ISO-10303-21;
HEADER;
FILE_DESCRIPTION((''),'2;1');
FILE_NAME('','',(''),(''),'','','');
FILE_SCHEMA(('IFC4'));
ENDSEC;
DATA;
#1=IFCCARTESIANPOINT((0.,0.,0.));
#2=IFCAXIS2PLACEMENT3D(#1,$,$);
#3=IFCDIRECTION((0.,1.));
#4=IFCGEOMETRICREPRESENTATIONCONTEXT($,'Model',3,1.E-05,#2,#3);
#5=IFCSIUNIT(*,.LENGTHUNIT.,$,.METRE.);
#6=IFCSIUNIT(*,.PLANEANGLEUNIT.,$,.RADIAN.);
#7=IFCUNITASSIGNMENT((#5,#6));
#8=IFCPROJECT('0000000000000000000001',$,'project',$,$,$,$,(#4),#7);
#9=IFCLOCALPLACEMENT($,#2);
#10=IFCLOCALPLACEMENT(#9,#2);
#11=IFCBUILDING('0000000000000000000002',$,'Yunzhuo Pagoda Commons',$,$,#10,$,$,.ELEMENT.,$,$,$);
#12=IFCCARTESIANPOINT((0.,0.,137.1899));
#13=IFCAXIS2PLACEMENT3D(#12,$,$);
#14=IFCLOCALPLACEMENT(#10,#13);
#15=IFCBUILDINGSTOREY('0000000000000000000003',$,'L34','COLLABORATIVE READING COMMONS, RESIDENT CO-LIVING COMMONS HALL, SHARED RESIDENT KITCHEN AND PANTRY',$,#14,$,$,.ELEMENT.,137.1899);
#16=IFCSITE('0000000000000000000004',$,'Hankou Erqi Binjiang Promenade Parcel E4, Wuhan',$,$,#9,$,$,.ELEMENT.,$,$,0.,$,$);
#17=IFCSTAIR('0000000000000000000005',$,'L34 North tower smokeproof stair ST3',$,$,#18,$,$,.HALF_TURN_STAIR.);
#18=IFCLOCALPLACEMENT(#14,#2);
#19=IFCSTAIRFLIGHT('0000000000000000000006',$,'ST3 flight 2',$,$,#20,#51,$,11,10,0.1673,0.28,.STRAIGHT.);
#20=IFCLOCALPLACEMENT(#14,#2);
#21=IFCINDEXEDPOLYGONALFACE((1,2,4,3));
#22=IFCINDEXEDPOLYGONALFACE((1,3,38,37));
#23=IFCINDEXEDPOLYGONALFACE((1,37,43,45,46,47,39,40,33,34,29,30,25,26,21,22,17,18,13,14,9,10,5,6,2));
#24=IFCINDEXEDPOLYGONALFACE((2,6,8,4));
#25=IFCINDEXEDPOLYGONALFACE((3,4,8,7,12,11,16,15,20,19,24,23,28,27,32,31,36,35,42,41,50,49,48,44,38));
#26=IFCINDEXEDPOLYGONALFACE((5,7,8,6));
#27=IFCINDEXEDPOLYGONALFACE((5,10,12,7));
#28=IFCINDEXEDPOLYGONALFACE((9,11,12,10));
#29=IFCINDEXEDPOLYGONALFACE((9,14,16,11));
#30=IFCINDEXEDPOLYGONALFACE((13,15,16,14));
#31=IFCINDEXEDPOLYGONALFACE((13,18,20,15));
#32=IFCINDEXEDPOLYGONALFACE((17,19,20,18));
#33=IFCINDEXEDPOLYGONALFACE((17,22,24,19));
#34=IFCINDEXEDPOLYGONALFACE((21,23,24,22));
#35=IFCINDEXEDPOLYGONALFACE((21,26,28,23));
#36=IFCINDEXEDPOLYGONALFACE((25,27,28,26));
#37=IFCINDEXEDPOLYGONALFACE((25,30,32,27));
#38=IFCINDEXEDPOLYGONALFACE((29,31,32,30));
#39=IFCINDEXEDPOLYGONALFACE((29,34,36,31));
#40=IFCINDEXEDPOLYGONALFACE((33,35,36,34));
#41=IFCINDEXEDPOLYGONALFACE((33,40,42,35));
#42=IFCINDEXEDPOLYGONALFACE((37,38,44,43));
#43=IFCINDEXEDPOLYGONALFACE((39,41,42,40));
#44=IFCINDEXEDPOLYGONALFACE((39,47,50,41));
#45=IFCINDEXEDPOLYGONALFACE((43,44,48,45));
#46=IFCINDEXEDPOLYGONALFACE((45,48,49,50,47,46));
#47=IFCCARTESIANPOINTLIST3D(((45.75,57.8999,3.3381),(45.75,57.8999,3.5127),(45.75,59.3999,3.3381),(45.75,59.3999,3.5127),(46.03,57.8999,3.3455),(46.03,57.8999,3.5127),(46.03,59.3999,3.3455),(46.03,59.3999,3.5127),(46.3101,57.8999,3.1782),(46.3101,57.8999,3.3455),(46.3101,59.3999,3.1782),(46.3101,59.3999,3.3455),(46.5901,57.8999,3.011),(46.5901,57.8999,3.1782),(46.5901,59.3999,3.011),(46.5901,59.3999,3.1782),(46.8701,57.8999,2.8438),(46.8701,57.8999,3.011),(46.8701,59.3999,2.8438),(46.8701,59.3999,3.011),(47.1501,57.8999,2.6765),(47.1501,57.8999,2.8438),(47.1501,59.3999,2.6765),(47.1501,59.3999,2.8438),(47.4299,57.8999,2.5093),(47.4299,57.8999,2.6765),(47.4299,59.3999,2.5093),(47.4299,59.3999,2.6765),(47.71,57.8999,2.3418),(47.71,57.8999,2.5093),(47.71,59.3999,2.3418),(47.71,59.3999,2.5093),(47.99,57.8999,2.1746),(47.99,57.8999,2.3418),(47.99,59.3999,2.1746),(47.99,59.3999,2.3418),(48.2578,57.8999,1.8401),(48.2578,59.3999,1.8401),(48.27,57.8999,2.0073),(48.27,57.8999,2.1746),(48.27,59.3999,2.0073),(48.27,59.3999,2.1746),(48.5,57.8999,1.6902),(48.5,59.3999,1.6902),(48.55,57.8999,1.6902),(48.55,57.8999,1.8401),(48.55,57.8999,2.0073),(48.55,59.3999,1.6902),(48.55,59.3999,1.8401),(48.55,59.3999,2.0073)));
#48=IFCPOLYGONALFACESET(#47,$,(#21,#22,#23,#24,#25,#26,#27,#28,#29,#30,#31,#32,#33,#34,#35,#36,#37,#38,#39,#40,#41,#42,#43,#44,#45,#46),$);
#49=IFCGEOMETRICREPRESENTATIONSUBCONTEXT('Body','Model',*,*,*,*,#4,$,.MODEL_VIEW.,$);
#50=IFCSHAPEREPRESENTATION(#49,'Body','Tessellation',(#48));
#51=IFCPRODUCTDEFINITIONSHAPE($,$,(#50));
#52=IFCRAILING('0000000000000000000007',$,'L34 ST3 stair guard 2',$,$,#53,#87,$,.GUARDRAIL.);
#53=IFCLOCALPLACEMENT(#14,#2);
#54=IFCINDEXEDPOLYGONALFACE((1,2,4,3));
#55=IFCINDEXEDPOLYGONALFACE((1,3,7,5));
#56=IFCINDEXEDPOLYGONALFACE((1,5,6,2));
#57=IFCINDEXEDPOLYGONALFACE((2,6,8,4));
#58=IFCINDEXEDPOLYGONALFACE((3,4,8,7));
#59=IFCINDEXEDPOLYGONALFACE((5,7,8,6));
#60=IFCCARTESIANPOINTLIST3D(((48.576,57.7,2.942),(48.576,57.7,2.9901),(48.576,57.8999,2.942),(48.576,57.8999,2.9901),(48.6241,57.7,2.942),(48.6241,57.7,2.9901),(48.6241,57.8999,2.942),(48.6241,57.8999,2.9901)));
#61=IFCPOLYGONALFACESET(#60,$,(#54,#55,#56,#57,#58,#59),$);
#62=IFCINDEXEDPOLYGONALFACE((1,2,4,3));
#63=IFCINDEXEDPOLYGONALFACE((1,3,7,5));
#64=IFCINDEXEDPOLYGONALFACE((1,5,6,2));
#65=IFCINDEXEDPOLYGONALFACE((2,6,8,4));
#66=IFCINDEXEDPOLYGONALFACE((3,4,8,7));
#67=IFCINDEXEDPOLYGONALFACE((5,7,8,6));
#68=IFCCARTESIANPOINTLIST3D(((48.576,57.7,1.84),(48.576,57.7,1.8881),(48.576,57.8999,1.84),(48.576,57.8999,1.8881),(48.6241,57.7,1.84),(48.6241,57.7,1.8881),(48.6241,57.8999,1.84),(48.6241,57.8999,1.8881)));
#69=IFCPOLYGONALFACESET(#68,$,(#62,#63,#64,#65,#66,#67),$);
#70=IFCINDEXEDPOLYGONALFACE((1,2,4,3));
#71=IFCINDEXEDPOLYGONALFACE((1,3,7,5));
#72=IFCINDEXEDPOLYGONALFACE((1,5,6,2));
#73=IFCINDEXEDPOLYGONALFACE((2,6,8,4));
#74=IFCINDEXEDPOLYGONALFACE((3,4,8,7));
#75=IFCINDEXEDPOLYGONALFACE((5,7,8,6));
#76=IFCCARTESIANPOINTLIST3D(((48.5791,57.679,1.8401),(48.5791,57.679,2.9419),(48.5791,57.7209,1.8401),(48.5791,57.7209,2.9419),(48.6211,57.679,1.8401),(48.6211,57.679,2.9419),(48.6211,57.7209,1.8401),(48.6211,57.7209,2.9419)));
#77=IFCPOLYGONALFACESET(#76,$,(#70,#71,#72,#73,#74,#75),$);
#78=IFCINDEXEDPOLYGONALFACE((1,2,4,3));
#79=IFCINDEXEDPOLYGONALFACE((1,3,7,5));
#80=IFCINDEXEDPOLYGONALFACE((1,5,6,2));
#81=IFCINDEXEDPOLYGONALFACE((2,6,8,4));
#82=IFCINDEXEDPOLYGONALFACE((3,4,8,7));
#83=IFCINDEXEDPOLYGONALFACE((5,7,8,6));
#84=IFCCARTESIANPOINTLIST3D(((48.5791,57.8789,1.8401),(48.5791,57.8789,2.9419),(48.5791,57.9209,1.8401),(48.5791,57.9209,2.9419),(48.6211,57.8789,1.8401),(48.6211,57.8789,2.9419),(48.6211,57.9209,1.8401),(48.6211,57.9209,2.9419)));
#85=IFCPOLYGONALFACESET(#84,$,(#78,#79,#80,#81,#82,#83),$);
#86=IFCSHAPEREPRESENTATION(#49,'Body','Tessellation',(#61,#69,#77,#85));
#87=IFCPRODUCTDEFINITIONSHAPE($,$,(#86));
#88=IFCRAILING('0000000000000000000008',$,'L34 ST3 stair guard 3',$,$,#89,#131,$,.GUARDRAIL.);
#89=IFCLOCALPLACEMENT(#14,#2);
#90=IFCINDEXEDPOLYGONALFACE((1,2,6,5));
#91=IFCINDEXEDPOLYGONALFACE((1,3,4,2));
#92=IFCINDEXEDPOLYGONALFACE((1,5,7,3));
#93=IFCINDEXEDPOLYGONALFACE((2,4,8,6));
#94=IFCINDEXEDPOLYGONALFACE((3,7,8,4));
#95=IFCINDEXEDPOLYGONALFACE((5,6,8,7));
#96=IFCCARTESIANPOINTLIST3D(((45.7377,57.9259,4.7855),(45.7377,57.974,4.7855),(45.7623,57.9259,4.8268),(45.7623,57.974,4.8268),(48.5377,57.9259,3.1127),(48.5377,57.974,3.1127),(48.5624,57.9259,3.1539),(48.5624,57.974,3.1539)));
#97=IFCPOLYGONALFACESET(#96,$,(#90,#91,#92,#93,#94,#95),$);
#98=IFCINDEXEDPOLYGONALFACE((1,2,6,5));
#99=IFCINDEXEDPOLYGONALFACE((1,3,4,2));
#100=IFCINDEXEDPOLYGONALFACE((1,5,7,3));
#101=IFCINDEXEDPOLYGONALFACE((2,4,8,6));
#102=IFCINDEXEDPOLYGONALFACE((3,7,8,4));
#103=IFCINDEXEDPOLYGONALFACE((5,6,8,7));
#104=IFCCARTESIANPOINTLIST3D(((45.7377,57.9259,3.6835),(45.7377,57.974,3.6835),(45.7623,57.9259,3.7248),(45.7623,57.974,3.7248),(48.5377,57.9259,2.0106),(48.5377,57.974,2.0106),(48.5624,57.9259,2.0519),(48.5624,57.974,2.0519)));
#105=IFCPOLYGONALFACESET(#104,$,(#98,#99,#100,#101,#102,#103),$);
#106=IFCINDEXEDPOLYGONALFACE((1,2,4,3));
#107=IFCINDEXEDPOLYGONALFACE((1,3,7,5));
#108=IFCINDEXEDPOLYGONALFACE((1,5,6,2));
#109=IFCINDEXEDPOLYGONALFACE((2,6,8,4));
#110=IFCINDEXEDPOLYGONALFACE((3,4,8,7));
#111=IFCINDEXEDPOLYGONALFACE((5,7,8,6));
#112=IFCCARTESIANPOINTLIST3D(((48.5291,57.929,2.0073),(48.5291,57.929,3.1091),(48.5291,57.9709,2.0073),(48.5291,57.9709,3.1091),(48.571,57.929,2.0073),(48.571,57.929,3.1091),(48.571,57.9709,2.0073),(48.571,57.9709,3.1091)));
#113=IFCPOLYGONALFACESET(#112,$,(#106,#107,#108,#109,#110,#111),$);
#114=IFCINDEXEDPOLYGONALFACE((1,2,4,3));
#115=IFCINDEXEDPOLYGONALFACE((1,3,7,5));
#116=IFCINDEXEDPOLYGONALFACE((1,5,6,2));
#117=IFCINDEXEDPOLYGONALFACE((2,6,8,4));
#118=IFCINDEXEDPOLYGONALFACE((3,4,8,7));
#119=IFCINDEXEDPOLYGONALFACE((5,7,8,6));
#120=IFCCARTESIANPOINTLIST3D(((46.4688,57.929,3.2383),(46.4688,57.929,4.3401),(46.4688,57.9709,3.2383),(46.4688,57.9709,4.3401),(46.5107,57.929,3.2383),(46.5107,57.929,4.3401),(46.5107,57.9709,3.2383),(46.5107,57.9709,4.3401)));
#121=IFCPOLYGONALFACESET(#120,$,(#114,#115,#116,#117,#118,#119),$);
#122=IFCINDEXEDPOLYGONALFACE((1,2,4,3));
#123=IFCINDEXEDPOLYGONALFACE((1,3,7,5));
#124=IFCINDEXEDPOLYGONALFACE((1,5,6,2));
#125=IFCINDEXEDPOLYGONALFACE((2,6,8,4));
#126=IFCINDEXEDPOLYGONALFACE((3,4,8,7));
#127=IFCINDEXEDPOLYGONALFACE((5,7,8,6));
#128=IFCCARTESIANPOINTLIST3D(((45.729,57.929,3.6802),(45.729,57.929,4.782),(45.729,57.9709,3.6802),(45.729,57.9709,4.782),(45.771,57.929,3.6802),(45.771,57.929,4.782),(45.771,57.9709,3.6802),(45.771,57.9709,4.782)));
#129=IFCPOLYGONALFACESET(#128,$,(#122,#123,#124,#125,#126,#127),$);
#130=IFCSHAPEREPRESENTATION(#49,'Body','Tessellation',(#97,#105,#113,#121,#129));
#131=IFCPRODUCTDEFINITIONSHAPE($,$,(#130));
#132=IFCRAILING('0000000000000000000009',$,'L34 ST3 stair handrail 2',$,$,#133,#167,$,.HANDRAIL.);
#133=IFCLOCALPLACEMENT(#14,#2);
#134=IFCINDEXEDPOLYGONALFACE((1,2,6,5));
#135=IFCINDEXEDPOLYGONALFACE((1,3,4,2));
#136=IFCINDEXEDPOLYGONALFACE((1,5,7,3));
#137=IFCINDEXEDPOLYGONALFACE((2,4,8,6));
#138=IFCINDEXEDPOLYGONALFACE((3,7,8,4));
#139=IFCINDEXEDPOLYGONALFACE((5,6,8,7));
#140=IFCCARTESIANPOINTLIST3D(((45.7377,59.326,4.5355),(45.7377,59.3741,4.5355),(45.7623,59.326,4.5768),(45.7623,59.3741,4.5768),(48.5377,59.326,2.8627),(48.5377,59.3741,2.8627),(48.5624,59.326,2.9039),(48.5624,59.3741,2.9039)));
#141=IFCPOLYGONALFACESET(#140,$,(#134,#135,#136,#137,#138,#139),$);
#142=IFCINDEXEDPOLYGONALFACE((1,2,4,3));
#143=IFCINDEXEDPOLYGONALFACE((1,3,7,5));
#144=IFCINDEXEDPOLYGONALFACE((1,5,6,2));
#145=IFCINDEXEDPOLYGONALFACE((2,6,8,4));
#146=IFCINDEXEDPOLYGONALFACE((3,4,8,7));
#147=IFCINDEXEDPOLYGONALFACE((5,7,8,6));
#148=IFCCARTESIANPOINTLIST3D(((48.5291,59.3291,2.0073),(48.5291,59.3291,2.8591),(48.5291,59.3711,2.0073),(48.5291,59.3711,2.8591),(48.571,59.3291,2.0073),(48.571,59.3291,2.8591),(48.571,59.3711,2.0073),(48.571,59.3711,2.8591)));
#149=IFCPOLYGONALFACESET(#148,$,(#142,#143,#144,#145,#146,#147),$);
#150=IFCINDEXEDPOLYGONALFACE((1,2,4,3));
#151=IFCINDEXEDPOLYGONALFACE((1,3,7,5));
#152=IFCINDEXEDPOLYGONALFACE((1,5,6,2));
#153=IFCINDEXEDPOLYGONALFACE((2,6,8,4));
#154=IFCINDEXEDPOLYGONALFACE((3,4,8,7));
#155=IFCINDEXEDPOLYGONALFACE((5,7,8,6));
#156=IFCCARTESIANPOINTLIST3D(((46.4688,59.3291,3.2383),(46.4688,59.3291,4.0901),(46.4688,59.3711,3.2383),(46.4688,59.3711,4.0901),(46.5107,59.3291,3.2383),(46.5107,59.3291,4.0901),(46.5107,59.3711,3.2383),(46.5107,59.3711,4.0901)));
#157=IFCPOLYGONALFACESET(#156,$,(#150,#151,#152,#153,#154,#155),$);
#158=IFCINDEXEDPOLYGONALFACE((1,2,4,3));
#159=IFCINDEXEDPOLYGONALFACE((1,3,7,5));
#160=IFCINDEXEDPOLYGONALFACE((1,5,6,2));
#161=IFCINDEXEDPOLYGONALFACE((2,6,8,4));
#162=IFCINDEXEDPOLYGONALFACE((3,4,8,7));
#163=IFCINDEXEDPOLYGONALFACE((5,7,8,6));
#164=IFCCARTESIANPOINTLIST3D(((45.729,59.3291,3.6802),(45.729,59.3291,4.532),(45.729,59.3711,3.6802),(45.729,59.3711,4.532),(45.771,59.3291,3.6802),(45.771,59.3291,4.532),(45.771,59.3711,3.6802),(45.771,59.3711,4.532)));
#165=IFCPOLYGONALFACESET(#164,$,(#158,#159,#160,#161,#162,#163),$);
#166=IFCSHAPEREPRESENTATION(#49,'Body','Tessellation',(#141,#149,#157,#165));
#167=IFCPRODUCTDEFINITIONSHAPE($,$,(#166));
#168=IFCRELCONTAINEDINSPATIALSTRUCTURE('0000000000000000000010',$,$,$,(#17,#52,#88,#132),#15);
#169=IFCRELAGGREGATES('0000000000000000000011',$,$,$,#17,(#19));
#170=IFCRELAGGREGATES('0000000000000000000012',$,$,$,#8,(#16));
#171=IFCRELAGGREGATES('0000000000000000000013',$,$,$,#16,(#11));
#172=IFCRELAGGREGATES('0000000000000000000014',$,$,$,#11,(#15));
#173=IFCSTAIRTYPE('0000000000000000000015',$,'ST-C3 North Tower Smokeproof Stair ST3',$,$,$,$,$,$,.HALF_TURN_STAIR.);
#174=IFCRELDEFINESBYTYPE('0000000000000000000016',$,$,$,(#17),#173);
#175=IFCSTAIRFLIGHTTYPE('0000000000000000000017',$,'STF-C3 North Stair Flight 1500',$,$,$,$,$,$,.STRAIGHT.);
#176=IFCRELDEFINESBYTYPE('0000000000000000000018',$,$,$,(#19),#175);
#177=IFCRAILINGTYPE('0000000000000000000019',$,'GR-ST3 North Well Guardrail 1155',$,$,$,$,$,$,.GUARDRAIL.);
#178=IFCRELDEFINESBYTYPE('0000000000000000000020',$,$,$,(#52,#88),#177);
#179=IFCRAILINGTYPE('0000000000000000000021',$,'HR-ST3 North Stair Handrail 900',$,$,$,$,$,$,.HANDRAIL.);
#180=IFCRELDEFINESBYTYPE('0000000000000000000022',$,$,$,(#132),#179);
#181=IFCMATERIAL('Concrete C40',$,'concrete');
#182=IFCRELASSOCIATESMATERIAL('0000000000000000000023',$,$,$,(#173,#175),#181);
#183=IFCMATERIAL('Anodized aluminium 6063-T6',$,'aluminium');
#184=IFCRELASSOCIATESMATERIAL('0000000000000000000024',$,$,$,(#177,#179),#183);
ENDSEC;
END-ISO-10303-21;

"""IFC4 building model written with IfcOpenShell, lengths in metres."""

from ifc_helpers import new_model, si_unit, direction, frame, origin, origin_2d, place, context, subcontext, project, spatial, polyline, rectangle, outline, extrude, source, transform, mapped, material, type_object, element, aggregate, save


model = new_model("IFC4")

# Units and contexts
model_context = context("Model", 3, precision=1e-05, world=origin(), true_north=direction((0.0, 1.0)))
body_context = subcontext(model_context, "Body", "Model", "MODEL_VIEW")
ifc_project = project(units=[si_unit("LENGTHUNIT", "METRE"), si_unit("PLANEANGLEUNIT", "RADIAN")], contexts=[model_context])

# Site, building, storey
site_placement = place(None, origin())
site = spatial("IfcSite", under=ifc_project, at=site_placement, Name="Hankou Erqi Binjiang Promenade Parcel E4, Wuhan", CompositionType="ELEMENT", RefElevation=0.0)
building_placement = place(site_placement, origin())
building = spatial("IfcBuilding", under=site, at=building_placement, Name="Yunzhuo Pagoda Commons", CompositionType="ELEMENT")
storey_placement = place(building_placement, frame((0.0, 0.0, 137.1899)))
storey = spatial("IfcBuildingStorey", under=building, at=storey_placement, Name="L34", Description="COLLABORATIVE READING COMMONS, RESIDENT CO-LIVING COMMONS HALL, SHARED RESIDENT KITCHEN AND PANTRY", CompositionType="ELEMENT", Elevation=137.1899)

# Shared definitions
ifc_material_1 = material(Name="Anodized aluminium 6063-T6", Category="aluminium")

# Stair, stair flight
ifc_material_2 = material(Name="Concrete C40", Category="concrete")
stair_type = type_object("IfcStairType", Name="ST-C3 North Tower Smokeproof Stair ST3", PredefinedType="HALF_TURN_STAIR", material=ifc_material_2)
stair_placement = place(storey_placement, origin())
stair = element("IfcStair", 1, at=stair_placement, inside=storey, type_object=stair_type, Name="L34 North tower smokeproof stair ST3", PredefinedType="HALF_TURN_STAIR")
stair_flight_type = type_object("IfcStairFlightType", Name="STF-C3 North Stair Flight 1500", PredefinedType="STRAIGHT", material=ifc_material_2)
shared_shape_1 = source(origin(), body_context, "Body", "SweptSolid", [
    extrude(outline(polyline([(0.0, -0.1499), (0.0, 0.0), (0.0, 0.1672), (0.28, 0.1672), (0.28, 0.3345), (0.5601, 0.3345), (0.5601, 0.5017), (0.8401, 0.5017), (0.8401, 0.6692), (1.1201, 0.6692), (1.1201, 0.8364), (1.3999, 0.8364), (1.3999, 1.0037), (1.6799, 1.0037), (1.6799, 1.1709), (1.96, 1.1709), (1.96, 1.3381), (2.24, 1.3381), (2.24, 1.5054), (2.52, 1.5054), (2.52, 1.6726), (2.8, 1.6726), (2.8, 1.8401), (2.8, 1.498), (0.2922, 0.0), (0.05, -0.1499), (0.0, -0.1499)])), frame((0.0, 0.75, 0.0), z_axis=(0.0, -1.0, 0.0), x_axis=(1.0, 0.0, 0.0)), (0.0, 0.0, 1.0), 1.5),
])
stair_flight_placement = place(storey_placement, frame((48.55, 58.6499, 1.8401), z_axis=(0.0, 0.0, 1.0), x_axis=(-1.0, 0.0, 0.0)))
stair_flight = element("IfcStairFlight", 2, at=stair_flight_placement, type_object=stair_flight_type, Name="ST3 flight 2", NumberOfRisers=11, NumberOfTreads=10, PredefinedType="STRAIGHT", RiserHeight=0.1673, TreadLength=0.28, context=body_context, shape_type="MappedRepresentation", body=[
    mapped(shared_shape_1, transform((0.0, 0.0, 0.0), scale=1.0)),
])
aggregate(stair, [stair_flight])

# Railings
railing_type_1 = type_object("IfcRailingType", Name="GR-ST3 North Well Guardrail 1155", PredefinedType="GUARDRAIL", material=ifc_material_1)
railing_1_placement = place(storey_placement, frame((48.6001, 57.7, 1.8401)))
element("IfcRailing", 3, at=railing_1_placement, inside=storey, type_object=railing_type_1, Name="L34 ST3 stair guard 2", PredefinedType="GUARDRAIL", context=body_context, shape_type="SweptSolid", body=[
    extrude(rectangle(XDim=0.0481, YDim=0.0481, at=origin_2d()), frame((0.0, 0.0, 1.126), z_axis=(0.0, 1.0, 0.0), x_axis=(-1.0, 0.0, 0.0)), (0.0, 0.0, 1.0), 0.2),
    extrude(rectangle(XDim=0.0481, YDim=0.0481, at=origin_2d()), frame((0.0, 0.0, 0.0239), z_axis=(0.0, 1.0, 0.0), x_axis=(-1.0, 0.0, 0.0)), (0.0, 0.0, 1.0), 0.2),
    extrude(rectangle(XDim=0.042, YDim=0.042, at=origin_2d()), origin(), (0.0, 0.0, 1.0), 1.1018),
    extrude(rectangle(XDim=0.042, YDim=0.042, at=origin_2d()), frame((0.0, 0.2, 0.0)), (0.0, 0.0, 1.0), 1.1018),
])
railing_2_placement = place(storey_placement, frame((48.55, 57.95, 2.0073)))
element("IfcRailing", 4, at=railing_2_placement, inside=storey, type_object=railing_type_1, Name="L34 ST3 stair guard 3", PredefinedType="GUARDRAIL", context=body_context, shape_type="SweptSolid", body=[
    extrude(rectangle(XDim=0.0481, YDim=0.0481, at=origin_2d()), frame((0.0, 0.0, 1.126), z_axis=(-0.858462, 0.0, 0.512877), x_axis=(0.0, -1.0, 0.0)), (0.0, 0.0, 1.0), 3.2617),
    extrude(rectangle(XDim=0.0481, YDim=0.0481, at=origin_2d()), frame((0.0, 0.0, 0.0239), z_axis=(-0.858462, 0.0, 0.512877), x_axis=(0.0, -1.0, 0.0)), (0.0, 0.0, 1.0), 3.2617),
    extrude(rectangle(XDim=0.042, YDim=0.042, at=origin_2d()), origin(), (0.0, 0.0, 1.0), 1.1018),
    extrude(rectangle(XDim=0.042, YDim=0.042, at=origin_2d()), frame((-2.0603, 0.0, 1.231)), (0.0, 0.0, 1.0), 1.1018),
    extrude(rectangle(XDim=0.042, YDim=0.042, at=origin_2d()), frame((-2.8, 0.0, 1.6729)), (0.0, 0.0, 1.0), 1.1018),
])
railing_type_2 = type_object("IfcRailingType", Name="HR-ST3 North Stair Handrail 900", PredefinedType="HANDRAIL", material=ifc_material_1)
railing_3_placement = place(storey_placement, frame((48.55, 59.3501, 2.0073)))
element("IfcRailing", 5, at=railing_3_placement, inside=storey, type_object=railing_type_2, Name="L34 ST3 stair handrail 2", PredefinedType="HANDRAIL", context=body_context, shape_type="SweptSolid", body=[
    extrude(rectangle(XDim=0.0481, YDim=0.0481, at=origin_2d()), frame((0.0, 0.0, 0.876), z_axis=(-0.858462, 0.0, 0.512877), x_axis=(0.0, -1.0, 0.0)), (0.0, 0.0, 1.0), 3.2617),
    extrude(rectangle(XDim=0.042, YDim=0.042, at=origin_2d()), origin(), (0.0, 0.0, 1.0), 0.8518),
    extrude(rectangle(XDim=0.042, YDim=0.042, at=origin_2d()), frame((-2.0603, 0.0, 1.231)), (0.0, 0.0, 1.0), 0.8518),
    extrude(rectangle(XDim=0.042, YDim=0.042, at=origin_2d()), frame((-2.8, 0.0, 1.6729)), (0.0, 0.0, 1.0), 0.8518),
])

save(model, "model.ifc")
